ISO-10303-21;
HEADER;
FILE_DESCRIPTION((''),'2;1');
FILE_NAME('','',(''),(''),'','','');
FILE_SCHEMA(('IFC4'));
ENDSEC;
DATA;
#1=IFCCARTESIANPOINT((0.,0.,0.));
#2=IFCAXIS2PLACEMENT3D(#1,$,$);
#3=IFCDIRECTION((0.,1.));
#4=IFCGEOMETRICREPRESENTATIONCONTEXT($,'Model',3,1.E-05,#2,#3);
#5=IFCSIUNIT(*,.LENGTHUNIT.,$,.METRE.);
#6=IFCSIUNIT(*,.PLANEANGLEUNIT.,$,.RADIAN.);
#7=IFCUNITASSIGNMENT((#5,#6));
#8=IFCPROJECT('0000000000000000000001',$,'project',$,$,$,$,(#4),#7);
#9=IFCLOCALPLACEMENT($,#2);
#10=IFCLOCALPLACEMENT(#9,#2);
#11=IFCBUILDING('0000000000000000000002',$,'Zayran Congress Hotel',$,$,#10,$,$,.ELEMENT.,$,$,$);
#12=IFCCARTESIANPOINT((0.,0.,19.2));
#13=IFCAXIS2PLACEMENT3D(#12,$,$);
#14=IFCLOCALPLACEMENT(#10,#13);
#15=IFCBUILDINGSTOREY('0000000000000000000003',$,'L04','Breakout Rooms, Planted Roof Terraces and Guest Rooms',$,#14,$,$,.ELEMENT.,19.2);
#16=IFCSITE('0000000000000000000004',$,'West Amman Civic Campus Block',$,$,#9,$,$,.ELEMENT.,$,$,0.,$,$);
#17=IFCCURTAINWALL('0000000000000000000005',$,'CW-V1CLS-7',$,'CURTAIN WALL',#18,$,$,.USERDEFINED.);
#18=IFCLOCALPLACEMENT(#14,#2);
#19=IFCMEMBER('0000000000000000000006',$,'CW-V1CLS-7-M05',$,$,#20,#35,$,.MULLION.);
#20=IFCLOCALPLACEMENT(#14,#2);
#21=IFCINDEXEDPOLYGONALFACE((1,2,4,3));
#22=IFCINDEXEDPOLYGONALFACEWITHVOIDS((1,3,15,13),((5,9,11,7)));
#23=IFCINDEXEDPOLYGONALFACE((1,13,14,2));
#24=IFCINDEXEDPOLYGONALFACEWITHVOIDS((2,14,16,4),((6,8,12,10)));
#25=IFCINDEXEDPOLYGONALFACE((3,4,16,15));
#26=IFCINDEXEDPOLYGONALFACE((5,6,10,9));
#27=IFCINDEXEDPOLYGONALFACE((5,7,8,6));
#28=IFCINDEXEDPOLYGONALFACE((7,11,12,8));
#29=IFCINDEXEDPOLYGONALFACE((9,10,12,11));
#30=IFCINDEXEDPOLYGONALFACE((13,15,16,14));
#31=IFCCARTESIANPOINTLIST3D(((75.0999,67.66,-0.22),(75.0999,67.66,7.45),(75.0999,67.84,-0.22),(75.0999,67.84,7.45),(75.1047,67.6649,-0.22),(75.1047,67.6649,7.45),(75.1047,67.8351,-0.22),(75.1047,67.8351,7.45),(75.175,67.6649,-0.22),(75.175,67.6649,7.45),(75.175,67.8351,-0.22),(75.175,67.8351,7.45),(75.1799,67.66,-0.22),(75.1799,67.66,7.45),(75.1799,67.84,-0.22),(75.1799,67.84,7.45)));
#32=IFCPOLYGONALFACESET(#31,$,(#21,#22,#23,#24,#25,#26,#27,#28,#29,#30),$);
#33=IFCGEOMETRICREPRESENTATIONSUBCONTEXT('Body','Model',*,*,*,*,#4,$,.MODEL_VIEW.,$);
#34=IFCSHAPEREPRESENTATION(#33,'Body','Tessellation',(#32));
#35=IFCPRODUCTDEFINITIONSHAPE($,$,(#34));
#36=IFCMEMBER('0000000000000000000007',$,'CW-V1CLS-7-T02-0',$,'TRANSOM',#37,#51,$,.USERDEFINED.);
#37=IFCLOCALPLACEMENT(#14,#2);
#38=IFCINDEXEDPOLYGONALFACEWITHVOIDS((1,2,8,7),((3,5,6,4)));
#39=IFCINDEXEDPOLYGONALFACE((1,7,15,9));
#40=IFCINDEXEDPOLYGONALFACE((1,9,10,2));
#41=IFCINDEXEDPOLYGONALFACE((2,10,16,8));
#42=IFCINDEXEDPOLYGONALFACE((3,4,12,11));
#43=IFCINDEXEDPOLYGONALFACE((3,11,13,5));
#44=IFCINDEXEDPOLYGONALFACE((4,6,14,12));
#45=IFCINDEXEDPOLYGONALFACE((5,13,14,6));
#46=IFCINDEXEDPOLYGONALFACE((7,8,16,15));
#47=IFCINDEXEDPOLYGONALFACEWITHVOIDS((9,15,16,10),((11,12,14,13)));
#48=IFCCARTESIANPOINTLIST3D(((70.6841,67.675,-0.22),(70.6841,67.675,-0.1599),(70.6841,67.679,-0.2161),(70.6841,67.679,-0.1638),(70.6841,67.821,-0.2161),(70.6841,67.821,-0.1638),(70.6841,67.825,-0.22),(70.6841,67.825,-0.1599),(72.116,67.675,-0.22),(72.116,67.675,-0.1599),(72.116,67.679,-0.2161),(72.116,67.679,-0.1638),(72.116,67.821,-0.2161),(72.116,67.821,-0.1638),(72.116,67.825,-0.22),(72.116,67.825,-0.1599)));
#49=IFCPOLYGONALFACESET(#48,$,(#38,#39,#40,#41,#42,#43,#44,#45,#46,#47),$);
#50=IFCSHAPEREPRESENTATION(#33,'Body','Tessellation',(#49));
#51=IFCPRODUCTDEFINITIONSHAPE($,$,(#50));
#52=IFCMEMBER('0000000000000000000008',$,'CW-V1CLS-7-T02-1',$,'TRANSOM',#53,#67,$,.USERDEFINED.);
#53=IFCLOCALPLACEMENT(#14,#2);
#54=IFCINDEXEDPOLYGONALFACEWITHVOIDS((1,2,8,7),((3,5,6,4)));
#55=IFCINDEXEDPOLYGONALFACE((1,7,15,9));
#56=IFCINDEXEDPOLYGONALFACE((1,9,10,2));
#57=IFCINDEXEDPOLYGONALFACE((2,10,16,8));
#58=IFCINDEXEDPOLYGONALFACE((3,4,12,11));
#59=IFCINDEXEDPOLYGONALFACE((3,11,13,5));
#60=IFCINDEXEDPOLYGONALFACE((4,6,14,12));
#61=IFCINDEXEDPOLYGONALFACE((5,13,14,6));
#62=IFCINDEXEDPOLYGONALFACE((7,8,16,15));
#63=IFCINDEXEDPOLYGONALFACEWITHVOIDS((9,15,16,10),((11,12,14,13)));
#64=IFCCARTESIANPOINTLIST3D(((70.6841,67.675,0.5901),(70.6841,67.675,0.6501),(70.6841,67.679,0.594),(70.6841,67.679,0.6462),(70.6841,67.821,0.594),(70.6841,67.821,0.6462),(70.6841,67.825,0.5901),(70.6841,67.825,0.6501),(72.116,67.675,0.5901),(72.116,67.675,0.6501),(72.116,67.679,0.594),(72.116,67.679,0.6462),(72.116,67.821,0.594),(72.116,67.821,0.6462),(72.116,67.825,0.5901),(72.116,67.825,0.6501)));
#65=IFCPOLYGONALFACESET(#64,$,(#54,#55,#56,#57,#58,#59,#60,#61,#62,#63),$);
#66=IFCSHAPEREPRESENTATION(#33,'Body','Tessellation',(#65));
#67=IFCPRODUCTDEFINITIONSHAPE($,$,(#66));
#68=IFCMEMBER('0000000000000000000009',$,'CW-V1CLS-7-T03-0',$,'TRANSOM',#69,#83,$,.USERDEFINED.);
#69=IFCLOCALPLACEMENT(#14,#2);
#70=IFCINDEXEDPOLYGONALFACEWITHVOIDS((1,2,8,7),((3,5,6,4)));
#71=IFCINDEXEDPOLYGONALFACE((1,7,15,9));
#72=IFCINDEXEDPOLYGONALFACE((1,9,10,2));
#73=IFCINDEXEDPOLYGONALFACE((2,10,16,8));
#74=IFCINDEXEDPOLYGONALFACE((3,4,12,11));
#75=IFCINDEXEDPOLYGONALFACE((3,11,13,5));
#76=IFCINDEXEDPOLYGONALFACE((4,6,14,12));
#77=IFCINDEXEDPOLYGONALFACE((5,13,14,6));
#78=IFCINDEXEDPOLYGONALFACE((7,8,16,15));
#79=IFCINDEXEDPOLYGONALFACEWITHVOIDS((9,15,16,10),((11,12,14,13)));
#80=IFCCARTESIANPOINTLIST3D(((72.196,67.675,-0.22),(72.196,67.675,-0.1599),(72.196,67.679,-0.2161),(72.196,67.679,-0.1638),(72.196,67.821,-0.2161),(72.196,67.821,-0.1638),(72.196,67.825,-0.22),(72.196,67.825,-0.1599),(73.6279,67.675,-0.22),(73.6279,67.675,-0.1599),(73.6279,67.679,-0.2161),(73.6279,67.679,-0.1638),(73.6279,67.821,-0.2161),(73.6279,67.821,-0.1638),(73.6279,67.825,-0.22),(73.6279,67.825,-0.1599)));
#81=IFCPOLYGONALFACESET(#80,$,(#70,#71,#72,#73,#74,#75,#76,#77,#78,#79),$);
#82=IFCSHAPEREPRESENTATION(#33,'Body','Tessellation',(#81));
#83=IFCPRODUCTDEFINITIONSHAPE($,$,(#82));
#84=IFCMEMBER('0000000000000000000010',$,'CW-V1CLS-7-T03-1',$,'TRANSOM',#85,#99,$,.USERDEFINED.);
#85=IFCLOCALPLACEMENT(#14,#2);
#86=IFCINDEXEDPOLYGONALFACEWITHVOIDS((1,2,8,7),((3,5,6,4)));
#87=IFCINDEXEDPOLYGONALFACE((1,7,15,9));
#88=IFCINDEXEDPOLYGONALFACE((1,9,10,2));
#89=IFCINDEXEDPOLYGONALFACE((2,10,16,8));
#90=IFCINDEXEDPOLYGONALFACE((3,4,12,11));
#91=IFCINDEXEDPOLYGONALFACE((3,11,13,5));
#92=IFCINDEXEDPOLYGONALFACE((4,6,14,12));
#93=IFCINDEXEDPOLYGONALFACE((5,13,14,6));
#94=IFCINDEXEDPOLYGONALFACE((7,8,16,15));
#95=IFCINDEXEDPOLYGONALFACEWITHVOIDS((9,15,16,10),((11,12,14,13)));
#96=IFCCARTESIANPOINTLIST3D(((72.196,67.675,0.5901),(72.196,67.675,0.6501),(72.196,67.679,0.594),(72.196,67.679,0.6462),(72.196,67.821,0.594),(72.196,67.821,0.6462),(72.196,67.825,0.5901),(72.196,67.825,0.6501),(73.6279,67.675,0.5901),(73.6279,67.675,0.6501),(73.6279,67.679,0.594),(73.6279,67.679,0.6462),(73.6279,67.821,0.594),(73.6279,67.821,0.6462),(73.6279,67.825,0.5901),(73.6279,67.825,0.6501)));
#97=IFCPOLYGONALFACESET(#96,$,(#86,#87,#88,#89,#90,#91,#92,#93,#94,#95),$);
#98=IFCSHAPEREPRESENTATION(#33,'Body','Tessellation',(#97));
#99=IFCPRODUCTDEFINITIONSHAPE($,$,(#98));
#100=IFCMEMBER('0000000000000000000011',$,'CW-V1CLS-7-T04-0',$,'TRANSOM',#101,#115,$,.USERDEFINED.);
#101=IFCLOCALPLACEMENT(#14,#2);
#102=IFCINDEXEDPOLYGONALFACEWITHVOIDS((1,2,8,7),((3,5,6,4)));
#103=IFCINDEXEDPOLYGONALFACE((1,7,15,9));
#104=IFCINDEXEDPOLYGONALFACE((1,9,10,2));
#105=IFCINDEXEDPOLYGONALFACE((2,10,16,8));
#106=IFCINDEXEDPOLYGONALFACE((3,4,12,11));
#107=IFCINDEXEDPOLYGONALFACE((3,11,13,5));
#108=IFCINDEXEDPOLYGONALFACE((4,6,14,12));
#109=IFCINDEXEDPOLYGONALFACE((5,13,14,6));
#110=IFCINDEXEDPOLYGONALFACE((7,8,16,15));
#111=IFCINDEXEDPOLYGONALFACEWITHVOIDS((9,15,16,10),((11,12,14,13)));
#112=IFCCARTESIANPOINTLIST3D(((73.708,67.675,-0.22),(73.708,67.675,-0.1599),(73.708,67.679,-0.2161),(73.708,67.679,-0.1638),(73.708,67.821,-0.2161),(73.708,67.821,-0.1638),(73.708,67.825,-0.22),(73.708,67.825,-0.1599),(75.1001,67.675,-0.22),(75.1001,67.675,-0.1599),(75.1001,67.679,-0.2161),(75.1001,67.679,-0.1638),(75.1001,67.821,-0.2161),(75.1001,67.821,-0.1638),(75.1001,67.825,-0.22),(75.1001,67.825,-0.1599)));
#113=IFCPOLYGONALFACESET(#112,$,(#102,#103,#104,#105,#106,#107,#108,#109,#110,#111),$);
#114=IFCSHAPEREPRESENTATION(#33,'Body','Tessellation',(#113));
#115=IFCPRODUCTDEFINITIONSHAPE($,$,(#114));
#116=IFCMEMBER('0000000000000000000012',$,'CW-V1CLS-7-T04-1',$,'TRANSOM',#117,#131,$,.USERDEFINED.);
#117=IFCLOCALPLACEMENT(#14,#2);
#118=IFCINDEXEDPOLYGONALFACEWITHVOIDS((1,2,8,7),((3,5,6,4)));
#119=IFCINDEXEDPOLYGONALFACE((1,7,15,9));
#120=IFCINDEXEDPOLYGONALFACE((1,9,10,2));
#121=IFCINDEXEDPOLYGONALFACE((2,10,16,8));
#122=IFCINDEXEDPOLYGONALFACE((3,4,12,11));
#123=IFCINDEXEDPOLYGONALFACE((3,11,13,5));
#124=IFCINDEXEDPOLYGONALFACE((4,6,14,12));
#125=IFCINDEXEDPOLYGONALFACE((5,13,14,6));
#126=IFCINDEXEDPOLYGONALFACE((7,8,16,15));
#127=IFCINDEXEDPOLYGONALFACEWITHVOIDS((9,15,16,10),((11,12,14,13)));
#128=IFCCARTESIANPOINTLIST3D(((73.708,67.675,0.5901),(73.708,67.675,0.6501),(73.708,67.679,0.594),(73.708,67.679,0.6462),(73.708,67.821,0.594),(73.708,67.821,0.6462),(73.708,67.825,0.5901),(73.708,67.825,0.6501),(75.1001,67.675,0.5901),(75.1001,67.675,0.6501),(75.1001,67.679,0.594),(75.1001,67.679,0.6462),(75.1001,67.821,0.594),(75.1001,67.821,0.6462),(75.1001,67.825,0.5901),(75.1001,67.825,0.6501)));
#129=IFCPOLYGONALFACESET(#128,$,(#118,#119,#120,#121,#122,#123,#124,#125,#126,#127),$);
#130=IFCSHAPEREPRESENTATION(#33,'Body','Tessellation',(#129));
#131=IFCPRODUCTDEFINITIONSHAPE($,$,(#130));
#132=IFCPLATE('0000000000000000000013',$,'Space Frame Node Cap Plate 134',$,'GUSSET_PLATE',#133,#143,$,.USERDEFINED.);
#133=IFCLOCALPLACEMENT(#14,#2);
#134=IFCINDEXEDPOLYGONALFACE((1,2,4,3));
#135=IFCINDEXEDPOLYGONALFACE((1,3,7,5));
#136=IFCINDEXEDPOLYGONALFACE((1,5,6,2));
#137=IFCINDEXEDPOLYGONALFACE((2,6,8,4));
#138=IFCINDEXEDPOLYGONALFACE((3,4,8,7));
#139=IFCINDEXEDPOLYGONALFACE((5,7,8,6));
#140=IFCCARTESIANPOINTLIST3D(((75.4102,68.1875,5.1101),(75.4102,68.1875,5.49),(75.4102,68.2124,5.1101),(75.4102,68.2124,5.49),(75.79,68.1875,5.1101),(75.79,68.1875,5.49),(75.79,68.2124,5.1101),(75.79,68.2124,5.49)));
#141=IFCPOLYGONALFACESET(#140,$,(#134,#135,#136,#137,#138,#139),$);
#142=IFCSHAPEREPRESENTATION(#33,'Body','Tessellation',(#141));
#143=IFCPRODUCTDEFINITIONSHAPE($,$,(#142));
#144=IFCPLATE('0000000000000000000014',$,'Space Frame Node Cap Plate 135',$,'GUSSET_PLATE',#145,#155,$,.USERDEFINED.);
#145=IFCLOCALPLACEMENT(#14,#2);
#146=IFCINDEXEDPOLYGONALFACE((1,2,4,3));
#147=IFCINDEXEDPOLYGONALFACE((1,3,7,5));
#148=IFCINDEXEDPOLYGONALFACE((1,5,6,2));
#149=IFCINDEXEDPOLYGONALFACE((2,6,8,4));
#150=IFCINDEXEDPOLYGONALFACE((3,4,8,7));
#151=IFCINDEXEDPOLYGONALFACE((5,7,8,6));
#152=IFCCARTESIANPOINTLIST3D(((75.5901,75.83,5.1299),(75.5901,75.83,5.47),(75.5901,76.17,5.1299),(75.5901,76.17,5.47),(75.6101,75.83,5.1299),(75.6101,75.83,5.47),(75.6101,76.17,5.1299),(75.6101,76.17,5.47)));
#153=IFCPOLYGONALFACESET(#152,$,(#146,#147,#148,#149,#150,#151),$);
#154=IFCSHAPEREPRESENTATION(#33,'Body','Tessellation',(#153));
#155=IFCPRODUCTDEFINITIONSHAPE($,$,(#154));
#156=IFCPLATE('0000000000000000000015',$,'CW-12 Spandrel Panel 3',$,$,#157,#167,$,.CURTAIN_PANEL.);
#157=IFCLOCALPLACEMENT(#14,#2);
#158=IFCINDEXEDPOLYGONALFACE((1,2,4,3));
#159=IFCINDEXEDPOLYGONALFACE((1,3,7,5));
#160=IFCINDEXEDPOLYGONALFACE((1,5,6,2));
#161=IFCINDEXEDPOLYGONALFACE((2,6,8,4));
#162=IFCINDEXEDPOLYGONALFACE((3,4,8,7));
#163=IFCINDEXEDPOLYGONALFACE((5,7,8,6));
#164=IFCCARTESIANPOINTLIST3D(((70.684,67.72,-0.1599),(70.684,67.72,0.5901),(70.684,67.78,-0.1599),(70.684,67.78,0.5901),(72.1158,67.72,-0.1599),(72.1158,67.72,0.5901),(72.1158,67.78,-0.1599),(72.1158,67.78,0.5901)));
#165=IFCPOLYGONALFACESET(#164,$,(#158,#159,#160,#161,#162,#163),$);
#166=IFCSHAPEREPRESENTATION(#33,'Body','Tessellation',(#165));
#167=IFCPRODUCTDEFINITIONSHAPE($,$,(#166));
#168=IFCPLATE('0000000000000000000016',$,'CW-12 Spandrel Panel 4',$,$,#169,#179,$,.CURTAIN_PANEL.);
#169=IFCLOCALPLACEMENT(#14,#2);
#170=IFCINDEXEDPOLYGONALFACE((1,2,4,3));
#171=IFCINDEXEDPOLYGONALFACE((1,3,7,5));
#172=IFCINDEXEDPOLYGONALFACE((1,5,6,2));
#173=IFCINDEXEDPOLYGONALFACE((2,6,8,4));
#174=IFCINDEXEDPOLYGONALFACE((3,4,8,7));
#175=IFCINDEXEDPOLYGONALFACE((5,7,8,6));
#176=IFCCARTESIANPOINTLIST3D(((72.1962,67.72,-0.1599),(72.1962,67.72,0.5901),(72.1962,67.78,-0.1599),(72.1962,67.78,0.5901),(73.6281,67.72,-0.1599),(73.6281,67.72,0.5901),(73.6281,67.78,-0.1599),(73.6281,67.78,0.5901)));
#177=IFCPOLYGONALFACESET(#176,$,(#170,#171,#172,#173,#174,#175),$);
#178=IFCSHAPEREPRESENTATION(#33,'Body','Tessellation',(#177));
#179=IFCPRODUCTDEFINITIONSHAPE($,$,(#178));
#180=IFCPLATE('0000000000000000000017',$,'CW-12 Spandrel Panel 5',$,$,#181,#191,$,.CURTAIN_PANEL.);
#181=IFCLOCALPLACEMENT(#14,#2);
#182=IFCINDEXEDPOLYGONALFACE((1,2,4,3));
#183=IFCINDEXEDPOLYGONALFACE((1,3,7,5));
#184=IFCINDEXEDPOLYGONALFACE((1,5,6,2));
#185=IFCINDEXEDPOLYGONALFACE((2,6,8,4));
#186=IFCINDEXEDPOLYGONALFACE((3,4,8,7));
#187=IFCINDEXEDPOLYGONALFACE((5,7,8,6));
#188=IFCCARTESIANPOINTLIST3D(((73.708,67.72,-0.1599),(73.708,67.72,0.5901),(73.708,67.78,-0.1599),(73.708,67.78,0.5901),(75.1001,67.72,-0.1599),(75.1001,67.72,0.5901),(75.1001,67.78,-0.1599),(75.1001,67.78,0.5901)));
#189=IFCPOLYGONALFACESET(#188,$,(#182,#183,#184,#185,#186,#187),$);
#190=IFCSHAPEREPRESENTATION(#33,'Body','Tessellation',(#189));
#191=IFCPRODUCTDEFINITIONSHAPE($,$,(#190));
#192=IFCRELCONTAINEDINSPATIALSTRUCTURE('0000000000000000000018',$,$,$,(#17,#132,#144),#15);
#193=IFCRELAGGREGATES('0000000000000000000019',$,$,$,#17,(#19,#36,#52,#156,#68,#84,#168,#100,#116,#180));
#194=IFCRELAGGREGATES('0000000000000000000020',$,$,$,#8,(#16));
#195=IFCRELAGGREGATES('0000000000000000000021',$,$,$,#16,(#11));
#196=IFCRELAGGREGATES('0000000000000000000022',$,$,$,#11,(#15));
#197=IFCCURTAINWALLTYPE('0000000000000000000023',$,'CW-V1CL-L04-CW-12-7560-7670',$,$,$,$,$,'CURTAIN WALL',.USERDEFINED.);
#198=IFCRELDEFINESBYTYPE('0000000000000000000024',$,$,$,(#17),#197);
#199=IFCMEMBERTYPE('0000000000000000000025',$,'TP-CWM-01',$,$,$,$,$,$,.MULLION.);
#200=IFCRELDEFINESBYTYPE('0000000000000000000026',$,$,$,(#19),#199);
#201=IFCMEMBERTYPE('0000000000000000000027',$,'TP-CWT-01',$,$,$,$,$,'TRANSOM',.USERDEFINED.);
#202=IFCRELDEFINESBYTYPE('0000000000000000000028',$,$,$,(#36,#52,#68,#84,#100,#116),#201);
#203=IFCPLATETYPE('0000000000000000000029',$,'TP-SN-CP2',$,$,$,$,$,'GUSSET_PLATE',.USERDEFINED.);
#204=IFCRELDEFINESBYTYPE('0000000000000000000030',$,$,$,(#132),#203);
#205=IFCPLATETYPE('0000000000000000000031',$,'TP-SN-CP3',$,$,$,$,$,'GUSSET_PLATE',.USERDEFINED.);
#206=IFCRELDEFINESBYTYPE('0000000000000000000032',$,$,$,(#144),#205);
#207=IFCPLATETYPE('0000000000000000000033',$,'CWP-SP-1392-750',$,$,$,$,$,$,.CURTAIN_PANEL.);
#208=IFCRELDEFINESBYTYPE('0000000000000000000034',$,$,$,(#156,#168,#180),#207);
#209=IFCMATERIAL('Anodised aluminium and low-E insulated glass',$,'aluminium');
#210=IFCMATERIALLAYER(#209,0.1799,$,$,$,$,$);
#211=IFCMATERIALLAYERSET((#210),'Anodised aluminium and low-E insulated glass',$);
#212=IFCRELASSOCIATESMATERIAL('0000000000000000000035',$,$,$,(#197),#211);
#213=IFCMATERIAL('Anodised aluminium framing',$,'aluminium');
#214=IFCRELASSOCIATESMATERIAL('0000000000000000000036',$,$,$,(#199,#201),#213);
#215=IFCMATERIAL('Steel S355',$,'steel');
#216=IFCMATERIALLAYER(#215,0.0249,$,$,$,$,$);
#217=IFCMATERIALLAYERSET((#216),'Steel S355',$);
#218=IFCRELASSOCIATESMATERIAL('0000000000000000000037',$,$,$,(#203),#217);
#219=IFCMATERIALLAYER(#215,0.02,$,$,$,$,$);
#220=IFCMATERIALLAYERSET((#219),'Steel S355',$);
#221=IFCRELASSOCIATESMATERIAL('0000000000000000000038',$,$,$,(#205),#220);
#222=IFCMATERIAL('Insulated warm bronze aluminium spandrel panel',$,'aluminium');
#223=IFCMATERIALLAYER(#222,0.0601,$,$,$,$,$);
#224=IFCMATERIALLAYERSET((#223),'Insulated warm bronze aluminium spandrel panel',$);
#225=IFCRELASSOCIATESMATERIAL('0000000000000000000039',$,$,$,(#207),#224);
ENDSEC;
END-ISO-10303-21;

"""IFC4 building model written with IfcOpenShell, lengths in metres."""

from ifc_helpers import new_model, si_unit, direction, frame, origin, origin_2d, place, context, subcontext, project, spatial, rectangle, hollow_rectangle, extrude, material, layer, layer_set, material_profile, profile_set, type_object, element, aggregate, save


model = new_model("IFC4")

# Units and contexts
model_context = context("Model", 3, precision=1e-05, world=origin(), true_north=direction((0.0, 1.0)))
body_context = subcontext(model_context, "Body", "Model", "MODEL_VIEW")
ifc_project = project(units=[si_unit("LENGTHUNIT", "METRE"), si_unit("PLANEANGLEUNIT", "RADIAN")], contexts=[model_context])

# Site, building, storey
site_placement = place(None, origin())
site = spatial("IfcSite", under=ifc_project, at=site_placement, Name="West Amman Civic Campus Block", CompositionType="ELEMENT", RefElevation=0.0)
building_placement = place(site_placement, origin())
building = spatial("IfcBuilding", under=site, at=building_placement, Name="Zayran Congress Hotel", CompositionType="ELEMENT")
storey_placement = place(building_placement, frame((0.0, 0.0, 19.2)))
storey = spatial("IfcBuildingStorey", under=building, at=storey_placement, Name="L04", Description="Breakout Rooms, Planted Roof Terraces and Guest Rooms", CompositionType="ELEMENT", Elevation=19.2)

# Shared definitions
ifc_material_1 = material(Name="Steel S355", Category="steel")

# Curtain wall, members
ifc_material_2 = material(Name="Anodised aluminium and low-E insulated glass", Category="aluminium")
ifc_layer_1 = layer(ifc_material_2, 0.1799)
ifc_layer_set_1 = layer_set([ifc_layer_1], Name="Anodised aluminium and low-E insulated glass")
curtain_wall_type = type_object("IfcCurtainWallType", Name="CW-V1CL-L04-CW-12-7560-7670", ElementType="CURTAIN WALL", PredefinedType="USERDEFINED", material=ifc_layer_set_1)
curtain_wall_placement = place(storey_placement, origin())
curtain_wall = element("IfcCurtainWall", 1, at=curtain_wall_placement, inside=storey, type_object=curtain_wall_type, Name="CW-V1CLS-7", ObjectType="CURTAIN WALL", PredefinedType="USERDEFINED")
ifc_material_3 = material(Name="Anodised aluminium framing", Category="aluminium")
ifc_material_profile_1 = material_profile(ifc_material_3, hollow_rectangle(XDim=0.0801, YDim=0.1799, WallThickness=0.0049, at=origin_2d()), Name="RHS 180x80x5")
ifc_profile_set_1 = profile_set([ifc_material_profile_1], Name="Anodised aluminium framing")
member_type_1 = type_object("IfcMemberType", Name="TP-CWM-01", PredefinedType="MULLION", material=ifc_profile_set_1)
member_1_placement = place(storey_placement, frame((75.1399, 67.75, -0.22), z_axis=(0.0, 0.0, 1.0), x_axis=(1.0, 0.0, 0.0)))
member_1 = element("IfcMember", 2, at=member_1_placement, type_object=member_type_1, Name="CW-V1CLS-7-M05", PredefinedType="MULLION", context=body_context, shape_type="SweptSolid", body=[
    extrude(hollow_rectangle(XDim=0.0801, YDim=0.1799, WallThickness=0.0049, at=origin_2d()), origin(), (0.0, 0.0, 1.0), 7.6699),
])
ifc_material_profile_2 = material_profile(ifc_material_3, hollow_rectangle(XDim=0.0601, YDim=0.1499, WallThickness=0.0039, at=origin_2d()), Name="RHS 150x60x4")
ifc_profile_set_2 = profile_set([ifc_material_profile_2], Name="Anodised aluminium framing")
member_type_2 = type_object("IfcMemberType", Name="TP-CWT-01", ElementType="TRANSOM", PredefinedType="USERDEFINED", material=ifc_profile_set_2)
member_2_placement = place(storey_placement, frame((70.6841, 67.75, -0.1899), z_axis=(1.0, 0.0, 0.0), x_axis=(0.0, 0.0, 1.0)))
member_2 = element("IfcMember", 3, at=member_2_placement, type_object=member_type_2, Name="CW-V1CLS-7-T02-0", ObjectType="TRANSOM", PredefinedType="USERDEFINED", context=body_context, shape_type="SweptSolid", body=[
    extrude(hollow_rectangle(XDim=0.0601, YDim=0.1499, WallThickness=0.0039, at=origin_2d()), origin(), (0.0, 0.0, 1.0), 1.4319),
])
member_3_placement = place(storey_placement, frame((70.6841, 67.75, 0.6201), z_axis=(1.0, 0.0, 0.0), x_axis=(0.0, 0.0, 1.0)))
member_3 = element("IfcMember", 4, at=member_3_placement, type_object=member_type_2, Name="CW-V1CLS-7-T02-1", ObjectType="TRANSOM", PredefinedType="USERDEFINED", context=body_context, shape_type="SweptSolid", body=[
    extrude(hollow_rectangle(XDim=0.0601, YDim=0.1499, WallThickness=0.0039, at=origin_2d()), origin(), (0.0, 0.0, 1.0), 1.4319),
])
member_4_placement = place(storey_placement, frame((72.196, 67.75, -0.1899), z_axis=(1.0, 0.0, 0.0), x_axis=(0.0, 0.0, 1.0)))
member_4 = element("IfcMember", 5, at=member_4_placement, type_object=member_type_2, Name="CW-V1CLS-7-T03-0", ObjectType="TRANSOM", PredefinedType="USERDEFINED", context=body_context, shape_type="SweptSolid", body=[
    extrude(hollow_rectangle(XDim=0.0601, YDim=0.1499, WallThickness=0.0039, at=origin_2d()), origin(), (0.0, 0.0, 1.0), 1.4319),
])
member_5_placement = place(storey_placement, frame((72.196, 67.75, 0.6201), z_axis=(1.0, 0.0, 0.0), x_axis=(0.0, 0.0, 1.0)))
member_5 = element("IfcMember", 6, at=member_5_placement, type_object=member_type_2, Name="CW-V1CLS-7-T03-1", ObjectType="TRANSOM", PredefinedType="USERDEFINED", context=body_context, shape_type="SweptSolid", body=[
    extrude(hollow_rectangle(XDim=0.0601, YDim=0.1499, WallThickness=0.0039, at=origin_2d()), origin(), (0.0, 0.0, 1.0), 1.4319),
])
member_6_placement = place(storey_placement, frame((73.708, 67.75, -0.1899), z_axis=(1.0, 0.0, 0.0), x_axis=(0.0, 0.0, 1.0)))
member_6 = element("IfcMember", 7, at=member_6_placement, type_object=member_type_2, Name="CW-V1CLS-7-T04-0", ObjectType="TRANSOM", PredefinedType="USERDEFINED", context=body_context, shape_type="SweptSolid", body=[
    extrude(hollow_rectangle(XDim=0.0601, YDim=0.1499, WallThickness=0.0039, at=origin_2d()), origin(), (0.0, 0.0, 1.0), 1.3921),
])
member_7_placement = place(storey_placement, frame((73.708, 67.75, 0.6201), z_axis=(1.0, 0.0, 0.0), x_axis=(0.0, 0.0, 1.0)))
member_7 = element("IfcMember", 8, at=member_7_placement, type_object=member_type_2, Name="CW-V1CLS-7-T04-1", ObjectType="TRANSOM", PredefinedType="USERDEFINED", context=body_context, shape_type="SweptSolid", body=[
    extrude(hollow_rectangle(XDim=0.0601, YDim=0.1499, WallThickness=0.0039, at=origin_2d()), origin(), (0.0, 0.0, 1.0), 1.3921),
])

# Plates
ifc_layer_2 = layer(ifc_material_1, 0.0249)
ifc_layer_set_2 = layer_set([ifc_layer_2], Name="Steel S355")
plate_type_1 = type_object("IfcPlateType", Name="TP-SN-CP2", ElementType="GUSSET_PLATE", PredefinedType="USERDEFINED", material=ifc_layer_set_2)
plate_1_placement = place(storey_placement, frame((75.6001, 68.2, 5.1101), z_axis=(0.0, 0.0, 1.0), x_axis=(1.0, 0.0, 0.0)))
element("IfcPlate", 9, at=plate_1_placement, inside=storey, type_object=plate_type_1, Name="Space Frame Node Cap Plate 134", ObjectType="GUSSET_PLATE", PredefinedType="USERDEFINED", context=body_context, shape_type="SweptSolid", body=[
    extrude(rectangle(XDim=0.3799, YDim=0.0249, at=origin_2d()), origin(), (0.0, 0.0, 1.0), 0.3799),
])
ifc_layer_3 = layer(ifc_material_1, 0.02)
ifc_layer_set_3 = layer_set([ifc_layer_3], Name="Steel S355")
plate_type_2 = type_object("IfcPlateType", Name="TP-SN-CP3", ElementType="GUSSET_PLATE", PredefinedType="USERDEFINED", material=ifc_layer_set_3)
plate_2_placement = place(storey_placement, frame((75.6001, 76.0, 5.1299), z_axis=(0.0, 0.0, 1.0), x_axis=(0.0, 1.0, 0.0)))
element("IfcPlate", 10, at=plate_2_placement, inside=storey, type_object=plate_type_2, Name="Space Frame Node Cap Plate 135", ObjectType="GUSSET_PLATE", PredefinedType="USERDEFINED", context=body_context, shape_type="SweptSolid", body=[
    extrude(rectangle(XDim=0.3401, YDim=0.02, at=origin_2d()), origin(), (0.0, 0.0, 1.0), 0.3401),
])

# Plates
ifc_material_4 = material(Name="Insulated warm bronze aluminium spandrel panel", Category="aluminium")
ifc_layer_4 = layer(ifc_material_4, 0.0601)
ifc_layer_set_4 = layer_set([ifc_layer_4], Name="Insulated warm bronze aluminium spandrel panel")
plate_type_3 = type_object("IfcPlateType", Name="CWP-SP-1392-750", PredefinedType="CURTAIN_PANEL", material=ifc_layer_set_4)
plate_3_placement = place(storey_placement, frame((71.3999, 67.75, -0.1599), z_axis=(0.0, 0.0, 1.0), x_axis=(1.0, 0.0, 0.0)))
plate_3 = element("IfcPlate", 11, at=plate_3_placement, type_object=plate_type_3, Name="CW-12 Spandrel Panel 3", PredefinedType="CURTAIN_PANEL", context=body_context, shape_type="SweptSolid", body=[
    extrude(rectangle(XDim=1.4319, YDim=0.0601, at=origin_2d()), origin(), (0.0, 0.0, 1.0), 0.75),
])
plate_4_placement = place(storey_placement, frame((72.9121, 67.75, -0.1599), z_axis=(0.0, 0.0, 1.0), x_axis=(1.0, 0.0, 0.0)))
plate_4 = element("IfcPlate", 12, at=plate_4_placement, type_object=plate_type_3, Name="CW-12 Spandrel Panel 4", PredefinedType="CURTAIN_PANEL", context=body_context, shape_type="SweptSolid", body=[
    extrude(rectangle(XDim=1.4319, YDim=0.0601, at=origin_2d()), origin(), (0.0, 0.0, 1.0), 0.75),
])
plate_5_placement = place(storey_placement, frame((74.4041, 67.75, -0.1599), z_axis=(0.0, 0.0, 1.0), x_axis=(1.0, 0.0, 0.0)))
plate_5 = element("IfcPlate", 13, at=plate_5_placement, type_object=plate_type_3, Name="CW-12 Spandrel Panel 5", PredefinedType="CURTAIN_PANEL", context=body_context, shape_type="SweptSolid", body=[
    extrude(rectangle(XDim=1.3921, YDim=0.0601, at=origin_2d()), origin(), (0.0, 0.0, 1.0), 0.75),
])
aggregate(curtain_wall, [member_1, member_2, member_3, plate_3, member_4, member_5, plate_4, member_6, member_7, plate_5])

save(model, "model.ifc")
